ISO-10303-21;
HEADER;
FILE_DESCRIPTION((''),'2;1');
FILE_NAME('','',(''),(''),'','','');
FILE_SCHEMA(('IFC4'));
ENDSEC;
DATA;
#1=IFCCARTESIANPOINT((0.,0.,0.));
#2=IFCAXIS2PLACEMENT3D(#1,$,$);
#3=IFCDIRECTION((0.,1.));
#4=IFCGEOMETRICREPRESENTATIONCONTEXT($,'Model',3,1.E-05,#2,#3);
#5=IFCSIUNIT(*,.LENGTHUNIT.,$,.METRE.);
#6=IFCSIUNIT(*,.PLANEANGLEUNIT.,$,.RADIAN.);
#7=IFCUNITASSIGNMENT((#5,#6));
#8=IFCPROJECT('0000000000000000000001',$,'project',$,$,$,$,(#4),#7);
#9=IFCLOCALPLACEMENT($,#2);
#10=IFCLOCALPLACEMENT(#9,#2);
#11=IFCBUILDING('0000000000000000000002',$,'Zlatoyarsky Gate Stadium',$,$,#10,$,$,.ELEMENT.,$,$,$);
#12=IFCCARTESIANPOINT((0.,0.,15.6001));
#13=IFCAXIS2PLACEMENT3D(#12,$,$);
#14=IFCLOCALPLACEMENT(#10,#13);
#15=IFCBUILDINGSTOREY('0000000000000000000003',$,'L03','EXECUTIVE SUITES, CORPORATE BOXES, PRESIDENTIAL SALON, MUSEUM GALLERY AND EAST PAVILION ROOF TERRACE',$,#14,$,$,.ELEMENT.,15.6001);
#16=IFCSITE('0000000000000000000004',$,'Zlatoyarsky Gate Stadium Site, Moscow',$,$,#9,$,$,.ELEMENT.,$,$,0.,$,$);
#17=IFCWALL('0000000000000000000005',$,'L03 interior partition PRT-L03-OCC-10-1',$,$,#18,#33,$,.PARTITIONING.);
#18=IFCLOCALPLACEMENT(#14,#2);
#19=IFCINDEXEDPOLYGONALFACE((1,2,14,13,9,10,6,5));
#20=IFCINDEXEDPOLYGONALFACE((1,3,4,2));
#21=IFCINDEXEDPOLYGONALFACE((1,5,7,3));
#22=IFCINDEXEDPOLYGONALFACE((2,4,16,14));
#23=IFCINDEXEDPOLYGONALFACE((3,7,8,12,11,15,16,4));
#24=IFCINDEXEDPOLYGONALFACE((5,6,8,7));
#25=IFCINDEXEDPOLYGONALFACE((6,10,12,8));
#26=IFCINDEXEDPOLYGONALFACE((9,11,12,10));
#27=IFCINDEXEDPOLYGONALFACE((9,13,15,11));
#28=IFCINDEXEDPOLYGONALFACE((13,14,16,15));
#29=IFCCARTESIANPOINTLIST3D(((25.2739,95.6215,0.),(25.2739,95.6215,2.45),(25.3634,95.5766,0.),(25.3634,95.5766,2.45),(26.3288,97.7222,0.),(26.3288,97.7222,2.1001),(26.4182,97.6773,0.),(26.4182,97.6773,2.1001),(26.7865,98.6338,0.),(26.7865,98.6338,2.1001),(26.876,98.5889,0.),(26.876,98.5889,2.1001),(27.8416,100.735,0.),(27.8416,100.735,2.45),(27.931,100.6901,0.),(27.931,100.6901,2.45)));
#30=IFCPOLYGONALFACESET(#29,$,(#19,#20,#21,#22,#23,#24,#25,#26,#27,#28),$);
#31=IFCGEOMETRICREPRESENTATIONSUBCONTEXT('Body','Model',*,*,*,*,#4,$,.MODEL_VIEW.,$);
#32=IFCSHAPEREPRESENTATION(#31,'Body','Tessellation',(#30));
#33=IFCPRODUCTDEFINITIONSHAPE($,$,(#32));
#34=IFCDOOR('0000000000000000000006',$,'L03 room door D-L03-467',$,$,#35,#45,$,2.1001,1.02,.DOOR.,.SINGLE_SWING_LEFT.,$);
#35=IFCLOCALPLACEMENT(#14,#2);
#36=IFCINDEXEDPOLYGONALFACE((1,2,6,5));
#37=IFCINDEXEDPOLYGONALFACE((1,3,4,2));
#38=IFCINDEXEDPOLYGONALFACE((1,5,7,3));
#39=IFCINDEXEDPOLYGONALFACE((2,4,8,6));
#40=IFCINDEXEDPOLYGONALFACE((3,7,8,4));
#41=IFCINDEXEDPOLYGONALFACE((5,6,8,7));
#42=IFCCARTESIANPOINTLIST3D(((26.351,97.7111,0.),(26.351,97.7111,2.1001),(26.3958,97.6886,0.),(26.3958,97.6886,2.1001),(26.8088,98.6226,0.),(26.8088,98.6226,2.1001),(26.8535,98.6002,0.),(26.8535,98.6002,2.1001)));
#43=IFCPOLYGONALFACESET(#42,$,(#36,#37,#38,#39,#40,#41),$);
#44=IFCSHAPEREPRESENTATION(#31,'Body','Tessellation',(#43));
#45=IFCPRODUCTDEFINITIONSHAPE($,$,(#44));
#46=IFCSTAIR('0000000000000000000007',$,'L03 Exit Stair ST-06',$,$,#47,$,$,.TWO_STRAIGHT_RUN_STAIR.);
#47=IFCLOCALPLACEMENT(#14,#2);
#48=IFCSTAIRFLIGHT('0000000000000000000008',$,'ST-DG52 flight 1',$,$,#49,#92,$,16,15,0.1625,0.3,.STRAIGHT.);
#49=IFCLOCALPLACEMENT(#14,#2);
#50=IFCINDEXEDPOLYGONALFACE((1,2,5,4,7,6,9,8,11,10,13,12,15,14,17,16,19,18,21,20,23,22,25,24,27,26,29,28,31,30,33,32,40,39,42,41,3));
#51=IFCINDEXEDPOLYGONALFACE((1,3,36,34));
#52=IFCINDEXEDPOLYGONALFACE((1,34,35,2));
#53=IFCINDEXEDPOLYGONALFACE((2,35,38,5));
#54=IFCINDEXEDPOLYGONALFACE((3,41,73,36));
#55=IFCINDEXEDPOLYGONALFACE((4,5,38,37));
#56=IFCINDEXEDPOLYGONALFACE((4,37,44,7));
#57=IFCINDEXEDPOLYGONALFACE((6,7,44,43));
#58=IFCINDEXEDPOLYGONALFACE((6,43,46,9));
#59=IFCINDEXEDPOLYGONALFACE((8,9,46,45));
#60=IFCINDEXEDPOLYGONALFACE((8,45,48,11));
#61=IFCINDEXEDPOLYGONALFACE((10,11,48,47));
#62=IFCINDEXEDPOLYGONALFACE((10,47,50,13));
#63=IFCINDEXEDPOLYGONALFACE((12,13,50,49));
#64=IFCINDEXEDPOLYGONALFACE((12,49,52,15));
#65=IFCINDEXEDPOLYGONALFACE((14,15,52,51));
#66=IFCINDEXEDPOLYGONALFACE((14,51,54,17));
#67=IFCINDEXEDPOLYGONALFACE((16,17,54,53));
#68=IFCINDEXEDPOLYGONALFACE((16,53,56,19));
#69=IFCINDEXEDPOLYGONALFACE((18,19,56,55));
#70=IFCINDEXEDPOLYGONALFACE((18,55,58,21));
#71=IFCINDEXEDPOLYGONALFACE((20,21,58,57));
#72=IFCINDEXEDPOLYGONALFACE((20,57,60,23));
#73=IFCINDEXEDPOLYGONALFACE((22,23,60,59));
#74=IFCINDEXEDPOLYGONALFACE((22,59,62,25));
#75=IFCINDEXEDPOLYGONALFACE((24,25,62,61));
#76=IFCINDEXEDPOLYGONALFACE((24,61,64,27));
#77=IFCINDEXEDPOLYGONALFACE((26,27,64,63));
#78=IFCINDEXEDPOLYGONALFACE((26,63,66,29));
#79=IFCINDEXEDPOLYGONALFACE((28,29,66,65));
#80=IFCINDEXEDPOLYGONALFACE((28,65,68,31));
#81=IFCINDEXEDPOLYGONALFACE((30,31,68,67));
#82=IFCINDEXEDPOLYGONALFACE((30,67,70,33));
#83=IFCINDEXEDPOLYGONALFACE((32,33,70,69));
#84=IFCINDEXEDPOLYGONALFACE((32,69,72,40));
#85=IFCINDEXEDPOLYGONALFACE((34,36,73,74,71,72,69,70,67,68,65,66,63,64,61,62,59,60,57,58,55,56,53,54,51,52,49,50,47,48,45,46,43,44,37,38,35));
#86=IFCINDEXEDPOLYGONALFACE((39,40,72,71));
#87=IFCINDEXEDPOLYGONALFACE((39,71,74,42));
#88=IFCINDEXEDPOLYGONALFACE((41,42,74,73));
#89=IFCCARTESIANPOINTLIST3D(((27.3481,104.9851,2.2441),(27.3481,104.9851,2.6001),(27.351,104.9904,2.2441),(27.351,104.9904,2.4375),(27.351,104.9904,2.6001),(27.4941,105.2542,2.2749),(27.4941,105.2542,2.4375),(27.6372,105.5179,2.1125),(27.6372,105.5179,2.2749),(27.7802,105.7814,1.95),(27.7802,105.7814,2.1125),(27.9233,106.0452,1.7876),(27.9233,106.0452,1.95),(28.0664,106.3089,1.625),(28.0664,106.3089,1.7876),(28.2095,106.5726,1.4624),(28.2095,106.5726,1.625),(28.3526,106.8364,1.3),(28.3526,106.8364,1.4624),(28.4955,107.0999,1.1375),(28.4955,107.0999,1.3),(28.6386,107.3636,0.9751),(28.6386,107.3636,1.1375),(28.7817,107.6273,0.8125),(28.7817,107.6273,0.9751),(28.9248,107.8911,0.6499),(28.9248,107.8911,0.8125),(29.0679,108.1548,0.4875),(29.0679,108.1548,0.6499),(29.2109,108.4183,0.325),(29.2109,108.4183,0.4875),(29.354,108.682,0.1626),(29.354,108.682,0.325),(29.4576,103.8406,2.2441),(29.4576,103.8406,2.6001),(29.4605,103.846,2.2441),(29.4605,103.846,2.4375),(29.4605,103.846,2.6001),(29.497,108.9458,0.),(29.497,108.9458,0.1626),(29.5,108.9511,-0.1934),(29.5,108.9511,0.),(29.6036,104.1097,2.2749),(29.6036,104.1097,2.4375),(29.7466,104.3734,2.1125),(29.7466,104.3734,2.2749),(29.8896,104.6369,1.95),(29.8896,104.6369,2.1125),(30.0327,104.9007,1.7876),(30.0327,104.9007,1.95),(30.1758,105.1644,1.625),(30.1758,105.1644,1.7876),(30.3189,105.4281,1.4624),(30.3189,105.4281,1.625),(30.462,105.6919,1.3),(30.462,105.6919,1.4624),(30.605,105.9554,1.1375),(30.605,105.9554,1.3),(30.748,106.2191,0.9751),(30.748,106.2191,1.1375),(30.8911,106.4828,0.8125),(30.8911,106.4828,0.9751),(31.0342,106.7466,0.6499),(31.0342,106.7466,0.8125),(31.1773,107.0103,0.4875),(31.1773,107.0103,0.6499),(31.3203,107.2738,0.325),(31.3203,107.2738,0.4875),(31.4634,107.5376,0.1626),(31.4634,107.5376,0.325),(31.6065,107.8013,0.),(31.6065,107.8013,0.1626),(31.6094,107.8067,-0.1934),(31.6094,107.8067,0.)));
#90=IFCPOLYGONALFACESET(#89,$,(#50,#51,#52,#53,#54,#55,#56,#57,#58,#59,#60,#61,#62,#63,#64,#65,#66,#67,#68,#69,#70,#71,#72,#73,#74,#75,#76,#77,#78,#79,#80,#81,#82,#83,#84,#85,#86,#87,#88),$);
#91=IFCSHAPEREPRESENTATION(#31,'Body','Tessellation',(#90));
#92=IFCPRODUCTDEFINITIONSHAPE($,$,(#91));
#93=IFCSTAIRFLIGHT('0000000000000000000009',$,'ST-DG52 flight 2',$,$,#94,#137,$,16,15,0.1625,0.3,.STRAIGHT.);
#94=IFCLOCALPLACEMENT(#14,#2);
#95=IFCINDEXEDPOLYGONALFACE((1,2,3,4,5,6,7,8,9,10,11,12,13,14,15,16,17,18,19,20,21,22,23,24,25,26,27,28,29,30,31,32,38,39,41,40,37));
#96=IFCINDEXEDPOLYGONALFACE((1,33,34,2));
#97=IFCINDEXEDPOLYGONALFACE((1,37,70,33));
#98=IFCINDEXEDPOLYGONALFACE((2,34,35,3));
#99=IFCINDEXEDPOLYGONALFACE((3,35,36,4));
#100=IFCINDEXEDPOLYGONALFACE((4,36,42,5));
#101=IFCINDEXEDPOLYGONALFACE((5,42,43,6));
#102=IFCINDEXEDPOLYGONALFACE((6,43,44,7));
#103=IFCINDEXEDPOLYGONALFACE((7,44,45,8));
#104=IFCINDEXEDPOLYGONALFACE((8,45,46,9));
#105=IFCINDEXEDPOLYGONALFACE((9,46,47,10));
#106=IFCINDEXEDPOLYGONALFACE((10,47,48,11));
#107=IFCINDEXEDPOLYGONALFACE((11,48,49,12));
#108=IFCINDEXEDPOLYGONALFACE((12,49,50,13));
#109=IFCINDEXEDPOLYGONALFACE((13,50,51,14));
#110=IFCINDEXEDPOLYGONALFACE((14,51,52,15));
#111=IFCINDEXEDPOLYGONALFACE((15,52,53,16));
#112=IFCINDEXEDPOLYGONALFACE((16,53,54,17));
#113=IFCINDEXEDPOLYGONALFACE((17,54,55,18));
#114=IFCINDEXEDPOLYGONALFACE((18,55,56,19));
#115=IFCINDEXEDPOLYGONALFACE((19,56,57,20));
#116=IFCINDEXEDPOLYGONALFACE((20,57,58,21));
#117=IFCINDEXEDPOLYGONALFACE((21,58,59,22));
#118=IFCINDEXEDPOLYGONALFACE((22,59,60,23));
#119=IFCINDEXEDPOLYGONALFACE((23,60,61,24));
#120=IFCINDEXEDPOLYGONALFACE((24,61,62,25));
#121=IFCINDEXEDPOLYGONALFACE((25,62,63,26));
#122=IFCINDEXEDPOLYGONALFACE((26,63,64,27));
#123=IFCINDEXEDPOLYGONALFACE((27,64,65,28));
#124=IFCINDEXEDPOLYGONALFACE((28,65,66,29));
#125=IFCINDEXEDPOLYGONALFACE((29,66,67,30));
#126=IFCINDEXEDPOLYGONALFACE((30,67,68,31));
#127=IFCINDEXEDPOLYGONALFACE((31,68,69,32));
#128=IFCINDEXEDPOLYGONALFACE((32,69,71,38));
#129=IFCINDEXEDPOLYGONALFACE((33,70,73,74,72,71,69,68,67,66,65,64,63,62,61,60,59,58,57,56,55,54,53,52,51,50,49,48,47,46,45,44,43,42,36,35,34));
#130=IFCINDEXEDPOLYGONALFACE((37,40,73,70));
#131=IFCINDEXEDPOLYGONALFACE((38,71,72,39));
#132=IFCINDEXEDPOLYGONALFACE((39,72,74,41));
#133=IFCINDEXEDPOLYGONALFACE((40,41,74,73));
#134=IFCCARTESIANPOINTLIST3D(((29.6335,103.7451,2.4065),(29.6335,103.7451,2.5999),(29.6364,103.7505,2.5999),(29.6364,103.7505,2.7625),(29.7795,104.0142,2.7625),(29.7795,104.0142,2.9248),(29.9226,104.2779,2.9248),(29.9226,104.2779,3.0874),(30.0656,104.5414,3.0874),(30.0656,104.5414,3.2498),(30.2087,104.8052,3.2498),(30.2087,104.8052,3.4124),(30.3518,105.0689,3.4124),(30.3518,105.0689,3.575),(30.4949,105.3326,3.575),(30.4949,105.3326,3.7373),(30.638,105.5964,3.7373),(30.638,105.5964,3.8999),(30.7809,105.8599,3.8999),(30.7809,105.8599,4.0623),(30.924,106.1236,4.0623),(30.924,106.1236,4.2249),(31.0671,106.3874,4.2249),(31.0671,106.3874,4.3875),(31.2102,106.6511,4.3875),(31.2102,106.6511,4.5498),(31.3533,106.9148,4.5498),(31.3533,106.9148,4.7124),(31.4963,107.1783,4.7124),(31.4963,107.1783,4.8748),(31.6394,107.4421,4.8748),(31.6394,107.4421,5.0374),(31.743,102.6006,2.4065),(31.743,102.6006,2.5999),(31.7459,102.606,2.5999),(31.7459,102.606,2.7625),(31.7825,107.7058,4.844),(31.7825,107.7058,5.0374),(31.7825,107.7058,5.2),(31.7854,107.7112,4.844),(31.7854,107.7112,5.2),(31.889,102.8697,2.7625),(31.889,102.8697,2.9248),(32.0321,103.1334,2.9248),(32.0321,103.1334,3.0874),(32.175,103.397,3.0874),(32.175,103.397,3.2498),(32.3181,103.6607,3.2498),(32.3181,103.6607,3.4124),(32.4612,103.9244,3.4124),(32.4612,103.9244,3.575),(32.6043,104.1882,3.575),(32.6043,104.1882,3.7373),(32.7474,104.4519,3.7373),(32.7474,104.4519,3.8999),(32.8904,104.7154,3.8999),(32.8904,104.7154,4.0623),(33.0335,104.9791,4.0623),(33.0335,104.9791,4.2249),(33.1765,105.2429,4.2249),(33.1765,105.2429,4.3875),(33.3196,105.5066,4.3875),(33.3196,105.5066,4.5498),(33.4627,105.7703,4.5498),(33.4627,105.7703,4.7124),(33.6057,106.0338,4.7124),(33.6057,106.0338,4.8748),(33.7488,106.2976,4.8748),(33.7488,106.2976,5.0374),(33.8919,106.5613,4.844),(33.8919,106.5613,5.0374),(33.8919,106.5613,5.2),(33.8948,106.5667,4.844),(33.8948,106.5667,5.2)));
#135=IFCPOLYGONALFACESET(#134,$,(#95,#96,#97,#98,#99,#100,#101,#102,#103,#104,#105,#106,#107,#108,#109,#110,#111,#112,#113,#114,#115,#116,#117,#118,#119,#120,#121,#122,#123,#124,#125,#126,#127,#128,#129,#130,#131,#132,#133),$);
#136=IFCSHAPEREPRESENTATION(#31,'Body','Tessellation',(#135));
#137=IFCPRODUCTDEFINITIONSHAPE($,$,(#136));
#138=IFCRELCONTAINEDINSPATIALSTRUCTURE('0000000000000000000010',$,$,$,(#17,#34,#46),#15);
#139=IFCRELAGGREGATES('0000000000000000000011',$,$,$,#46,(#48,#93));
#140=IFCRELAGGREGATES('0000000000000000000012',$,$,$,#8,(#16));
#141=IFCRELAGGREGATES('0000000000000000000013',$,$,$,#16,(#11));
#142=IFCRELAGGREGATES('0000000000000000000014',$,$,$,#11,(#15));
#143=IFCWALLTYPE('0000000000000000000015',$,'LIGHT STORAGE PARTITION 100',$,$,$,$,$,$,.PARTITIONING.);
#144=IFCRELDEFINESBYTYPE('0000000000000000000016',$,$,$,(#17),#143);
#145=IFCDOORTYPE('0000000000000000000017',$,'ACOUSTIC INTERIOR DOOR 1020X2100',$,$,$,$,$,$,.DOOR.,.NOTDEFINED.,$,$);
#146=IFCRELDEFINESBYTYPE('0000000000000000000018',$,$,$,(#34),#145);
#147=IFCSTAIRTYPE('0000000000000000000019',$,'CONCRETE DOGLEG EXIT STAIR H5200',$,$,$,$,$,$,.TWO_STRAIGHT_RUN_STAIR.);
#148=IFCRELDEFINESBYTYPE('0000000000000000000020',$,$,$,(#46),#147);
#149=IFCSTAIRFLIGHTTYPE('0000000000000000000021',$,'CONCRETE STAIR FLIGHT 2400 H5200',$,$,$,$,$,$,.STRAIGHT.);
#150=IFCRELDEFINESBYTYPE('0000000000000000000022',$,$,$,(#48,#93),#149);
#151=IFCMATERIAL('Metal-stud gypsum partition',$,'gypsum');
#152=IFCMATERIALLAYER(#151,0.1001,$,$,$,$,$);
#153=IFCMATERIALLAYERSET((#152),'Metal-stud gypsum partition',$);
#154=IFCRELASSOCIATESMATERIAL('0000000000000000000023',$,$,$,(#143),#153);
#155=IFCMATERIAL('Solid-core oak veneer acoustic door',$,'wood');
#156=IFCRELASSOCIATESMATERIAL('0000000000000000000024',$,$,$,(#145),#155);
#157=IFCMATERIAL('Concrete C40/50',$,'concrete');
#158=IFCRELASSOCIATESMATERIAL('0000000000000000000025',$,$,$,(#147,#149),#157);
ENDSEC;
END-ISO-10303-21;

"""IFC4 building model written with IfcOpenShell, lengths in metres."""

from ifc_helpers import new_model, si_unit, direction, frame, frame_2d, origin, place, context, subcontext, project, spatial, polyline, rectangle, outline, extrude, material, layer, layer_set, type_object, element, fill, aggregate, save


model = new_model("IFC4")

# Units and contexts
model_context = context("Model", 3, precision=1e-05, world=origin(), true_north=direction((0.0, 1.0)))
body_context = subcontext(model_context, "Body", "Model", "MODEL_VIEW")
ifc_project = project(units=[si_unit("LENGTHUNIT", "METRE"), si_unit("PLANEANGLEUNIT", "RADIAN")], contexts=[model_context])

# Site, building, storey
site_placement = place(None, origin())
site = spatial("IfcSite", under=ifc_project, at=site_placement, Name="Zlatoyarsky Gate Stadium Site, Moscow", CompositionType="ELEMENT", RefElevation=0.0)
building_placement = place(site_placement, origin())
building = spatial("IfcBuilding", under=site, at=building_placement, Name="Zlatoyarsky Gate Stadium", CompositionType="ELEMENT")
storey_placement = place(building_placement, frame((0.0, 0.0, 15.6001)))
storey = spatial("IfcBuildingStorey", under=building, at=storey_placement, Name="L03", Description="EXECUTIVE SUITES, CORPORATE BOXES, PRESIDENTIAL SALON, MUSEUM GALLERY AND EAST PAVILION ROOF TERRACE", CompositionType="ELEMENT", Elevation=15.6001)

# Shared definitions
ifc_material_1 = material(Name="Concrete C40/50", Category="concrete")

# Wall, opening, door
ifc_material_2 = material(Name="Metal-stud gypsum partition", Category="gypsum")
ifc_layer_1 = layer(ifc_material_2, 0.1001)
ifc_layer_set_1 = layer_set([ifc_layer_1], Name="Metal-stud gypsum partition")
wall_type_1 = type_object("IfcWallType", Name="LIGHT STORAGE PARTITION 100", PredefinedType="PARTITIONING", material=ifc_layer_set_1)
wall_1_placement = place(storey_placement, frame((27.8862, 100.7124, 0.0), z_axis=(0.0, 0.0, 1.0), x_axis=(-0.448732, -0.893666, 0.0)))
wall_1 = element("IfcWall", 1, at=wall_1_placement, inside=storey, type_object=wall_type_1, Name="L03 interior partition PRT-L03-OCC-10-1", PredefinedType="PARTITIONING", context=body_context, shape_type="SweptSolid", body=[
    extrude(rectangle(XDim=5.7219, YDim=0.1001, at=frame_2d((2.8608, 0.0))), origin(), (0.0, 0.0, 1.0), 2.45),
])
opening_placement = place(wall_1_placement, frame((2.3511, 0.0, 0.0)))
opening = element("IfcOpeningElement", 2, at=opening_placement, cuts=wall_1, PredefinedType="OPENING", context=body_context, shape_type="SweptSolid", body=[
    extrude(rectangle(XDim=1.02, YDim=2.1001, at=frame_2d((0.51, 1.05))), frame((0.0, 0.0601, 0.0), z_axis=(0.0, -1.0, 0.0), x_axis=(1.0, 0.0, 0.0)), (0.0, 0.0, 1.0), 0.1201),
])
ifc_material_3 = material(Name="Solid-core oak veneer acoustic door", Category="wood")
door_type = type_object("IfcDoorType", Name="ACOUSTIC INTERIOR DOOR 1020X2100", OperationType="NOTDEFINED", PredefinedType="DOOR", material=ifc_material_3)
door_placement = place(opening_placement, origin())
door = element("IfcDoor", 3, at=door_placement, inside=storey, type_object=door_type, Name="L03 room door D-L03-467", OperationType="SINGLE_SWING_LEFT", OverallHeight=2.1001, OverallWidth=1.02, PredefinedType="DOOR", context=body_context, shape_type="SweptSolid", body=[
    extrude(rectangle(XDim=1.02, YDim=2.1001, at=frame_2d((0.51, 1.05))), frame((0.0, 0.0249, 0.0), z_axis=(0.0, -1.0, 0.0), x_axis=(1.0, 0.0, 0.0)), (0.0, 0.0, 1.0), 0.05),
])
fill(opening, door)

# Stair, stair flights
stair_type = type_object("IfcStairType", Name="CONCRETE DOGLEG EXIT STAIR H5200", PredefinedType="TWO_STRAIGHT_RUN_STAIR", material=ifc_material_1)
stair_placement = place(storey_placement, origin())
stair = element("IfcStair", 4, at=stair_placement, inside=storey, type_object=stair_type, Name="L03 Exit Stair ST-06", PredefinedType="TWO_STRAIGHT_RUN_STAIR")
stair_flight_type = type_object("IfcStairFlightType", Name="CONCRETE STAIR FLIGHT 2400 H5200", PredefinedType="STRAIGHT", material=ifc_material_1)
stair_flight_1_placement = place(storey_placement, frame((30.5518, 108.3735, 0.0), z_axis=(0.0, 0.0, 1.0), x_axis=(-0.47689, -0.878963, 0.0)))
stair_flight_1 = element("IfcStairFlight", 5, at=stair_flight_1_placement, type_object=stair_flight_type, Name="ST-DG52 flight 1", NumberOfRisers=16, NumberOfTreads=15, PredefinedType="STRAIGHT", RiserHeight=0.1625, TreadLength=0.3, context=body_context, shape_type="SweptSolid", body=[
    extrude(outline(polyline([(-0.0061, -0.1934), (-0.0061, 0.0), (0.0, 0.0), (0.0, 0.1626), (0.3, 0.1626), (0.3, 0.325), (0.6001, 0.325), (0.6001, 0.4875), (0.8999, 0.4875), (0.8999, 0.6499), (1.2, 0.6499), (1.2, 0.8125), (1.5, 0.8125), (1.5, 0.9751), (1.8, 0.9751), (1.8, 1.1375), (2.1001, 1.1375), (2.1001, 1.3), (2.3999, 1.3), (2.3999, 1.4624), (2.7, 1.4624), (2.7, 1.625), (3.0, 1.625), (3.0, 1.7876), (3.3, 1.7876), (3.3, 1.95), (3.6001, 1.95), (3.6001, 2.1125), (3.8999, 2.1125), (3.8999, 2.2749), (4.2, 2.2749), (4.2, 2.4375), (4.5, 2.4375), (4.5, 2.6001), (4.5061, 2.6001), (4.5061, 2.2441), (4.5, 2.2441), (-0.0061, -0.1934)])), frame((0.0, 1.2, 0.0), z_axis=(0.0, -1.0, 0.0), x_axis=(1.0, 0.0, 0.0)), (0.0, 0.0, 1.0), 2.3999),
])
stair_flight_2_placement = place(storey_placement, frame((30.6912, 103.1782, 2.5999), z_axis=(0.0, 0.0, 1.0), x_axis=(0.47689, 0.878963, 0.0)))
stair_flight_2 = element("IfcStairFlight", 6, at=stair_flight_2_placement, type_object=stair_flight_type, Name="ST-DG52 flight 2", NumberOfRisers=16, NumberOfTreads=15, PredefinedType="STRAIGHT", RiserHeight=0.1625, TreadLength=0.3, context=body_context, shape_type="SweptSolid", body=[
    extrude(outline(polyline([(-0.0061, -0.1934), (-0.0061, 0.0), (0.0, 0.0), (0.0, 0.1626), (0.3, 0.1626), (0.3, 0.325), (0.6001, 0.325), (0.6001, 0.4875), (0.8999, 0.4875), (0.8999, 0.6499), (1.2, 0.6499), (1.2, 0.8125), (1.5, 0.8125), (1.5, 0.9751), (1.8, 0.9751), (1.8, 1.1375), (2.1001, 1.1375), (2.1001, 1.3), (2.3999, 1.3), (2.3999, 1.4624), (2.7, 1.4624), (2.7, 1.625), (3.0, 1.625), (3.0, 1.7876), (3.3, 1.7876), (3.3, 1.95), (3.6001, 1.95), (3.6001, 2.1125), (3.8999, 2.1125), (3.8999, 2.2749), (4.2, 2.2749), (4.2, 2.4375), (4.5, 2.4375), (4.5, 2.6001), (4.5061, 2.6001), (4.5061, 2.2441), (4.5, 2.2441), (-0.0061, -0.1934)])), frame((0.0, 1.2, 0.0), z_axis=(0.0, -1.0, 0.0), x_axis=(1.0, 0.0, 0.0)), (0.0, 0.0, 1.0), 2.3999),
])
aggregate(stair, [stair_flight_1, stair_flight_2])

save(model, "model.ifc")
